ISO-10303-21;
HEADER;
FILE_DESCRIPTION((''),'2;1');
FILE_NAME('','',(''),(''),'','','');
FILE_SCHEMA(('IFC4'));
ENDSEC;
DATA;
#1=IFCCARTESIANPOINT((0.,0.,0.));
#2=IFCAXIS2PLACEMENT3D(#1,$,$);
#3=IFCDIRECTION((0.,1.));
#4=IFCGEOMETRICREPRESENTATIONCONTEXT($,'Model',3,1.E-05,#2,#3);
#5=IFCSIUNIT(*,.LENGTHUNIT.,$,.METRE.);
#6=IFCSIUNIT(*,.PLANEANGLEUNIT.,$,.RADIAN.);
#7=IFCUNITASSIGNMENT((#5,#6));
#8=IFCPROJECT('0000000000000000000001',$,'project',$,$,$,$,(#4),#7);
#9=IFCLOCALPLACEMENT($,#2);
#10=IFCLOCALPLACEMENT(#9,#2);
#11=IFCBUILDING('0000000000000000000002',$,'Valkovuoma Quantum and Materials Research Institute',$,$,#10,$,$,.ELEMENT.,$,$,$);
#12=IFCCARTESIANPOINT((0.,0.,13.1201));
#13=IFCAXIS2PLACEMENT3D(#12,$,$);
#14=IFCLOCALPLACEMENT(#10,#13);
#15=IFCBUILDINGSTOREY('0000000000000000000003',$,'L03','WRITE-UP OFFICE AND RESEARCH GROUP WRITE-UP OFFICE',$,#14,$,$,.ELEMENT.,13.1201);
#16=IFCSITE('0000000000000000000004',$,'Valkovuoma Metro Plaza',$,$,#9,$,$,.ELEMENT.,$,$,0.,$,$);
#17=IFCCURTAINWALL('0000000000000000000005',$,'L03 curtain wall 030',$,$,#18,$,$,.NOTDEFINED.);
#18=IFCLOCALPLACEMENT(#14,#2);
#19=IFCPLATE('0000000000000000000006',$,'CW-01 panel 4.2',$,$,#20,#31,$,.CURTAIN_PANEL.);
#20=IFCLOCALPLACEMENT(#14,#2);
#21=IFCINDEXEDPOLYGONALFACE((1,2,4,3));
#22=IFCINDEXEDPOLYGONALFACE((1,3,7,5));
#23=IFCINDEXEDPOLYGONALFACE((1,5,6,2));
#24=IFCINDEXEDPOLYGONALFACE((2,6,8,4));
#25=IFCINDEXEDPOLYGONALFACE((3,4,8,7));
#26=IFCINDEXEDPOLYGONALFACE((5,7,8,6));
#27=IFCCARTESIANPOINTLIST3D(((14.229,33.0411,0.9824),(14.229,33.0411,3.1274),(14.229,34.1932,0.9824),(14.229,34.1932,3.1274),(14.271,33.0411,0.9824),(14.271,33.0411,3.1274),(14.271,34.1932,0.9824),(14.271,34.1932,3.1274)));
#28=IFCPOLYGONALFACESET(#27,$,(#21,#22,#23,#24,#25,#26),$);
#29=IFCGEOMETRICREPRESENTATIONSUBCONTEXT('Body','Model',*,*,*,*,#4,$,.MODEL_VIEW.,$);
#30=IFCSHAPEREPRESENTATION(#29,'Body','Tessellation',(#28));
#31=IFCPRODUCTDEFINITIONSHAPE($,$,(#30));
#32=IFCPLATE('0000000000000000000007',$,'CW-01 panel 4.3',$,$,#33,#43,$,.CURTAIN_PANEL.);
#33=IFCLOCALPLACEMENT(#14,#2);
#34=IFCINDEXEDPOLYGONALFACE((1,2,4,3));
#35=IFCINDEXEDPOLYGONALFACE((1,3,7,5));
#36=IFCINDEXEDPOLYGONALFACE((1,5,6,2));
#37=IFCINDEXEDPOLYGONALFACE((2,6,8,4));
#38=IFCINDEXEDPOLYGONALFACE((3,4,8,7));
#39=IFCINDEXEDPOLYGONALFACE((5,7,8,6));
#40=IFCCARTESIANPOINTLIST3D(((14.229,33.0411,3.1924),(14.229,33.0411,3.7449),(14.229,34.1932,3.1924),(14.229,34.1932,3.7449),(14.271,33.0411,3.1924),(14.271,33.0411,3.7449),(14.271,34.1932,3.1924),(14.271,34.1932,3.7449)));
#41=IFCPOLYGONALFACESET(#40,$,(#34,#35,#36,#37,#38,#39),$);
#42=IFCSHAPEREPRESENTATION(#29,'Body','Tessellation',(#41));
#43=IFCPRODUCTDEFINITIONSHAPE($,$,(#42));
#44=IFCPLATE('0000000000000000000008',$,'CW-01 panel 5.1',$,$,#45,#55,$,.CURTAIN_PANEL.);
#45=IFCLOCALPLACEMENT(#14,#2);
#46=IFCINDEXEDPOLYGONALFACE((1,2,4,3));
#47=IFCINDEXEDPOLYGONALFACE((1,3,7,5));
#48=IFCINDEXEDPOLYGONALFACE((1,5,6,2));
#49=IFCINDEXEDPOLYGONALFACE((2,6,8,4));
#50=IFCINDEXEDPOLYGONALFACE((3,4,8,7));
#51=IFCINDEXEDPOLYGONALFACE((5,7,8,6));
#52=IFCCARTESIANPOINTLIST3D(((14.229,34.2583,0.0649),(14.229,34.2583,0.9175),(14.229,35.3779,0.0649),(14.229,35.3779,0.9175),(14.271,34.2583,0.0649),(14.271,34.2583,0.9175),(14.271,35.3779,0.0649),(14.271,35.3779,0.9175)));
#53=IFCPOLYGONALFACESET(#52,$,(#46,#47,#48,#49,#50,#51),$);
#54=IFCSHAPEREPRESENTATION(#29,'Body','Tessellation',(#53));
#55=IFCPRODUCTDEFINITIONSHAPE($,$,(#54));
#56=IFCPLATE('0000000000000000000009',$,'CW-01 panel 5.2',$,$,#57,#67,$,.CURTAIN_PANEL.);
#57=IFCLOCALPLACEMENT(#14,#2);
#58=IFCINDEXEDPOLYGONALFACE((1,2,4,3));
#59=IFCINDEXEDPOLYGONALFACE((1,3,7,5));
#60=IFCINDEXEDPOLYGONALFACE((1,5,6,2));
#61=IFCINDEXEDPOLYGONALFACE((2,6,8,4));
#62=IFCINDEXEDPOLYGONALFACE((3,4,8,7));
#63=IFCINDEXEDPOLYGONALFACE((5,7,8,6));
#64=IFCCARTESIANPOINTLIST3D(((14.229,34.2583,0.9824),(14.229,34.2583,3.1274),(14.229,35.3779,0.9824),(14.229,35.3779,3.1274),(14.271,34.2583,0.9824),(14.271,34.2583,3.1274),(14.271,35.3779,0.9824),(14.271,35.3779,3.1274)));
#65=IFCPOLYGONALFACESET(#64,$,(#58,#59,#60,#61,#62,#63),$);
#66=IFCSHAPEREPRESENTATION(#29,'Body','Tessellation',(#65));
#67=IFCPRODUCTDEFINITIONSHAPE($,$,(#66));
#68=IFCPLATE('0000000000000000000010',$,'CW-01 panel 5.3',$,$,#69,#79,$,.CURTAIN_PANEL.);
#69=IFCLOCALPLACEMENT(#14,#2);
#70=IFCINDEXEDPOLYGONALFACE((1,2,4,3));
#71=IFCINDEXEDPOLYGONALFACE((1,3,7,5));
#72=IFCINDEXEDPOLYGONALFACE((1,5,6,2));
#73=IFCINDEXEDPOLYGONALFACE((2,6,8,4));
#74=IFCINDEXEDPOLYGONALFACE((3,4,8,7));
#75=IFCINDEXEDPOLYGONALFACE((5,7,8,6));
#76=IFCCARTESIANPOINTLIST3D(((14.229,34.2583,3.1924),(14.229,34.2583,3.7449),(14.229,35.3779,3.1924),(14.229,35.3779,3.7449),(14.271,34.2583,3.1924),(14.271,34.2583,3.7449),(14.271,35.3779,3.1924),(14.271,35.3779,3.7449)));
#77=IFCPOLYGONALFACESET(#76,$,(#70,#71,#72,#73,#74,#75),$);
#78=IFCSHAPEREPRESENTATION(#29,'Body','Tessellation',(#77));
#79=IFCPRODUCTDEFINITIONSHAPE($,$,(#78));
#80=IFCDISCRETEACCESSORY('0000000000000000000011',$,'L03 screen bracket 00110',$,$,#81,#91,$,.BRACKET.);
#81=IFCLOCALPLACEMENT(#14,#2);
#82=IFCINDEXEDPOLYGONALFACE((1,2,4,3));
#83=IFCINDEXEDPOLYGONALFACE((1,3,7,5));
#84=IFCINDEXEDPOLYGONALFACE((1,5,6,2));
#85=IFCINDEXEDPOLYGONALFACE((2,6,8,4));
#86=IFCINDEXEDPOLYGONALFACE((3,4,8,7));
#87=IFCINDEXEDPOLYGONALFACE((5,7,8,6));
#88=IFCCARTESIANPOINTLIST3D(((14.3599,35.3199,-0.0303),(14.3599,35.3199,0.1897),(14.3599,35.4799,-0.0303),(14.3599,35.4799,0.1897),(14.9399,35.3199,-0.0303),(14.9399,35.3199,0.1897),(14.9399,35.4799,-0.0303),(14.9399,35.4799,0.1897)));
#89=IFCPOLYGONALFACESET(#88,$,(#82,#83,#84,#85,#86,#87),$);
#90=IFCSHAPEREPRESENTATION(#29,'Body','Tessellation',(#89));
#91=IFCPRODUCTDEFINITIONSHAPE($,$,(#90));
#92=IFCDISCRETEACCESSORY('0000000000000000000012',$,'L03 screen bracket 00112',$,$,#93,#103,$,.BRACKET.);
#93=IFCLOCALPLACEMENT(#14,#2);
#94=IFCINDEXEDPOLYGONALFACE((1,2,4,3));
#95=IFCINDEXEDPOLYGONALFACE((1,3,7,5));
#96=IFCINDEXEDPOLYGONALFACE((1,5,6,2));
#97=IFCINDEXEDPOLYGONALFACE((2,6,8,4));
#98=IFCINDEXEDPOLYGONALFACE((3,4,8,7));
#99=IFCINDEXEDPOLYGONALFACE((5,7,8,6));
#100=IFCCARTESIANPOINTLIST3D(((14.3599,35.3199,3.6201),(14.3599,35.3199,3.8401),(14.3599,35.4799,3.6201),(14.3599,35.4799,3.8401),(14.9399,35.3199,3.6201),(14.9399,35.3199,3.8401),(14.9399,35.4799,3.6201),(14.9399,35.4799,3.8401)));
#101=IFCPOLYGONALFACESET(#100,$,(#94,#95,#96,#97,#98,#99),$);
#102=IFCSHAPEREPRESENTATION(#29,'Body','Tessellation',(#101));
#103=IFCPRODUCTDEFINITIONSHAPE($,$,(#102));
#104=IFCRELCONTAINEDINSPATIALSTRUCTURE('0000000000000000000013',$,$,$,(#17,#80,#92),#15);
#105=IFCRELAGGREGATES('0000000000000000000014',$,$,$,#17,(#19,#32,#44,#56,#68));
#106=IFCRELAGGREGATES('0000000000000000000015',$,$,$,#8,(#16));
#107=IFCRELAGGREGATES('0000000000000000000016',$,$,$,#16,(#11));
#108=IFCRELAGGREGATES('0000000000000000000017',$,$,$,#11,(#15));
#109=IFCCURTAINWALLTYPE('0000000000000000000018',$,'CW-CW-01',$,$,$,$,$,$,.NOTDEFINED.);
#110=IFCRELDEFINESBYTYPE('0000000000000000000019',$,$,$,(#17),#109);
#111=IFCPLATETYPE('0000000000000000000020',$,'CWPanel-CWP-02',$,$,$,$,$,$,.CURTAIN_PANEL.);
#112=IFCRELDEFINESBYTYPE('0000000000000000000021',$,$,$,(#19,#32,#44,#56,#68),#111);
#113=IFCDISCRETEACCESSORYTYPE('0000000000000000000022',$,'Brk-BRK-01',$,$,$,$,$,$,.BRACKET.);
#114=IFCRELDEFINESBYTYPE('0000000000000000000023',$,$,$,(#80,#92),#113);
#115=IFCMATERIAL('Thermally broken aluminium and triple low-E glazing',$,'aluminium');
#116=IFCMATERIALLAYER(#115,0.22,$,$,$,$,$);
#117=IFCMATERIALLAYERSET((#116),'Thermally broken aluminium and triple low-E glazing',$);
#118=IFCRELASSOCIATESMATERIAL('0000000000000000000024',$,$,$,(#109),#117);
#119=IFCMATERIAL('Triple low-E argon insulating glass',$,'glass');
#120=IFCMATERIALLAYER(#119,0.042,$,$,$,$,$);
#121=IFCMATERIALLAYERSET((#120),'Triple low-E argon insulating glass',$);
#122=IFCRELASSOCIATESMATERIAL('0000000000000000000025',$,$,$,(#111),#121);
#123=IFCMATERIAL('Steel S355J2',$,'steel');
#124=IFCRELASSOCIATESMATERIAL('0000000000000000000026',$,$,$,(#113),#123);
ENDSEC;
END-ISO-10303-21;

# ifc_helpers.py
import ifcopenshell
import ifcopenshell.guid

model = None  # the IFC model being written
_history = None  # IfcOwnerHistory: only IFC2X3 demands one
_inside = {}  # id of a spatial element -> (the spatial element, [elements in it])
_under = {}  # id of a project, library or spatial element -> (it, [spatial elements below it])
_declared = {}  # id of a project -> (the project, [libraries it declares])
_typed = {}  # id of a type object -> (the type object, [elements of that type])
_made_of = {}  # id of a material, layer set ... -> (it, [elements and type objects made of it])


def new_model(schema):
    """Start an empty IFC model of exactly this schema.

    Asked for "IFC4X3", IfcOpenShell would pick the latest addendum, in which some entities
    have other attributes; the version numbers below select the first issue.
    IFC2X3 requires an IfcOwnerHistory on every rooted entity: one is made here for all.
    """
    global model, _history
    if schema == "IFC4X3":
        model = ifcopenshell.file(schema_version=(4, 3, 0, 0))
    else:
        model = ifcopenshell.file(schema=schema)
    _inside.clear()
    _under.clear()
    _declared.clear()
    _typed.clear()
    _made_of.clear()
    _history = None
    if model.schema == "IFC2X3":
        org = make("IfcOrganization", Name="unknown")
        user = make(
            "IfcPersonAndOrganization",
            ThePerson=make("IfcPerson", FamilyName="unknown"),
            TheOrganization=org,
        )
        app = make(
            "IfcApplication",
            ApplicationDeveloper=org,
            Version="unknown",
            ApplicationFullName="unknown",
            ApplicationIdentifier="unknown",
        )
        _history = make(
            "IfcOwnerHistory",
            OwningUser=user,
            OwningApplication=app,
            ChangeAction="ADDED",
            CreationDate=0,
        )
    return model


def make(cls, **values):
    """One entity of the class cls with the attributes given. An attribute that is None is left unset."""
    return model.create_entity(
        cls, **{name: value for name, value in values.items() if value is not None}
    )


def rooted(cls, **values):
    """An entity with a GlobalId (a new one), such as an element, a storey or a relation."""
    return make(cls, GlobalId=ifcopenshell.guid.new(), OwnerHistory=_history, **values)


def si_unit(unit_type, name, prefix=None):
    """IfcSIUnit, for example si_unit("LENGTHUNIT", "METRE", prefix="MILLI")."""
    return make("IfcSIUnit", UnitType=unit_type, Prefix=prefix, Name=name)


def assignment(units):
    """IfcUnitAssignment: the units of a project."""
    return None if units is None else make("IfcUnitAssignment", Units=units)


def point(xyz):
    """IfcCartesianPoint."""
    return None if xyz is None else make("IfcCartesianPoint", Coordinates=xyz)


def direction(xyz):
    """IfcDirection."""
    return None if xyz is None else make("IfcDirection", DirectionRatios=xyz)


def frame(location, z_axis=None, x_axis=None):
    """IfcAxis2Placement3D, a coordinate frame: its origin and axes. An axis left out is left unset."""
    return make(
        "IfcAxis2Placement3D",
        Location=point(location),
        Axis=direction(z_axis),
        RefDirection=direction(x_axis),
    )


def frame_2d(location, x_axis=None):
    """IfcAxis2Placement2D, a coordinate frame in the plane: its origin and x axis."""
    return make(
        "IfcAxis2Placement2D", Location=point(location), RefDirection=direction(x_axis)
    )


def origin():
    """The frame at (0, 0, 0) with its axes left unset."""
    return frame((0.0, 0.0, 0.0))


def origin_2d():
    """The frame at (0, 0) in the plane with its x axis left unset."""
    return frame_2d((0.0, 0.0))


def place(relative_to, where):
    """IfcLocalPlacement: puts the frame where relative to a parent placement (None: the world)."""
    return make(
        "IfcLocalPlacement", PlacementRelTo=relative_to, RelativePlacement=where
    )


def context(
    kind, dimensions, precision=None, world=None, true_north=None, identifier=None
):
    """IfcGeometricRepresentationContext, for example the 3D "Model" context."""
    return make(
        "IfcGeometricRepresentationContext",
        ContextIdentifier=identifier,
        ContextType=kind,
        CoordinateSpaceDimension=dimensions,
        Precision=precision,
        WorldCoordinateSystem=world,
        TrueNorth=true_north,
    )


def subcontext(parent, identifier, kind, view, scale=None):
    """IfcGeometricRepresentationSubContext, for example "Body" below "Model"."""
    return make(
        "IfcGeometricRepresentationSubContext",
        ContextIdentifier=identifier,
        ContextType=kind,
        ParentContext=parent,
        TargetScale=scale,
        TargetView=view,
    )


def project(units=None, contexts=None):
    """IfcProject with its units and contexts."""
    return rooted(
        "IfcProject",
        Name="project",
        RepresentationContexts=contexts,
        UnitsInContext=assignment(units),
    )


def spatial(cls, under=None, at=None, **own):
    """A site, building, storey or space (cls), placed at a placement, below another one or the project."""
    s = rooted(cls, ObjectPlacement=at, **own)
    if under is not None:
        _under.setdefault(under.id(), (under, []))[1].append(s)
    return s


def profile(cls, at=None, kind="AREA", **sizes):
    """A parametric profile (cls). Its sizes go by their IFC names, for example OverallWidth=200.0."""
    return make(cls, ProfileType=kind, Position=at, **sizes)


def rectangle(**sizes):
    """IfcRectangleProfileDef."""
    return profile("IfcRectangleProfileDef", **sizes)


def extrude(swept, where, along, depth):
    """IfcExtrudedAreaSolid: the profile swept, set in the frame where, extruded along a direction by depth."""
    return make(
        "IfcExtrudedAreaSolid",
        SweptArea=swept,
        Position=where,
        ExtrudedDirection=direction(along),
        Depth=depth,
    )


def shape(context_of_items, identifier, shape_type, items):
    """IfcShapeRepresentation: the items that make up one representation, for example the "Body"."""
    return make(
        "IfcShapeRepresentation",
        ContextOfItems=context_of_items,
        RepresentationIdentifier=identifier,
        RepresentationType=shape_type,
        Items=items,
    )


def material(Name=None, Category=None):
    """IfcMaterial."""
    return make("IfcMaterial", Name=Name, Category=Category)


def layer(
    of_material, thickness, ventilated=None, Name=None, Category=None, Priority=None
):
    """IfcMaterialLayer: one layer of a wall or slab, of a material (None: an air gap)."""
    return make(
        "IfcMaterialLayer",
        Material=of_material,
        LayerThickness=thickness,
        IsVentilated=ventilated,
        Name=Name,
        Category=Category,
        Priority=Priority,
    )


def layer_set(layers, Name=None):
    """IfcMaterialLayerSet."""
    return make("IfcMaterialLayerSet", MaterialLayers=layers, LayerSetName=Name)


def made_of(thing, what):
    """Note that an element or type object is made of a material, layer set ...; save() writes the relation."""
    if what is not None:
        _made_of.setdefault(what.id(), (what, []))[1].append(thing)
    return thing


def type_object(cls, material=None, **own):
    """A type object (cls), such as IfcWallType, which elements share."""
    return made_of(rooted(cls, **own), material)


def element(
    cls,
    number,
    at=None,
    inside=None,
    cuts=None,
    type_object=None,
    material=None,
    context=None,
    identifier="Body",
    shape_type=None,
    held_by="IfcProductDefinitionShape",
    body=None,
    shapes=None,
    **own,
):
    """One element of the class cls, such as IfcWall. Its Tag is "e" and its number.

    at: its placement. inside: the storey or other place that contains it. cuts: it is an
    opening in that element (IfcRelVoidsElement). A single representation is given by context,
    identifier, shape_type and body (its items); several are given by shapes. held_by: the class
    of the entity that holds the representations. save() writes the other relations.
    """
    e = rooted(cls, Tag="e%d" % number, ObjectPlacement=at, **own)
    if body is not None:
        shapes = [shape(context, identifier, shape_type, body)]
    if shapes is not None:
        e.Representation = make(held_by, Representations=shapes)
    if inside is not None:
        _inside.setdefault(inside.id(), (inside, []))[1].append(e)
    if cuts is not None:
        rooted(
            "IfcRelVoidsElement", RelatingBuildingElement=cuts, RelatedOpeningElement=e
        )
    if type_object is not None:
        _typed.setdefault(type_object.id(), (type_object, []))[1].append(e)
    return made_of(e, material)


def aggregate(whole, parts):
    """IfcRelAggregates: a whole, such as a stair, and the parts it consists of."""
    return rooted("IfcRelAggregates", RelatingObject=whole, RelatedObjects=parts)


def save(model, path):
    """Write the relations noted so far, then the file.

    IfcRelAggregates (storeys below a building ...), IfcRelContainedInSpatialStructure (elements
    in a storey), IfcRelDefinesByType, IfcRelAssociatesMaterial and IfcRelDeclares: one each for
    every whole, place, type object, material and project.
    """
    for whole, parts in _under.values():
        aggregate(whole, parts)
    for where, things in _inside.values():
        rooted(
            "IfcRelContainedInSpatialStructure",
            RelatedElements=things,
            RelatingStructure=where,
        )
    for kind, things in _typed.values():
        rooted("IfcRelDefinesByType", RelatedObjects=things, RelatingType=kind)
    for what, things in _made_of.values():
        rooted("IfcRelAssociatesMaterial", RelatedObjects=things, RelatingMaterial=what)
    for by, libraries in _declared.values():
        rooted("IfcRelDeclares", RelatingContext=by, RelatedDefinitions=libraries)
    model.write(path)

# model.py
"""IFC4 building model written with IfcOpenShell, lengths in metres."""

from ifc_helpers import new_model, si_unit, direction, frame, origin, origin_2d, place, context, subcontext, project, spatial, rectangle, extrude, material, layer, layer_set, type_object, element, aggregate, save


model = new_model("IFC4")

# Units and contexts
model_context = context("Model", 3, precision=1e-05, world=origin(), true_north=direction((0.0, 1.0)))
body_context = subcontext(model_context, "Body", "Model", "MODEL_VIEW")
ifc_project = project(units=[si_unit("LENGTHUNIT", "METRE"), si_unit("PLANEANGLEUNIT", "RADIAN")], contexts=[model_context])

# Site, building, storey
site_placement = place(None, origin())
site = spatial("IfcSite", under=ifc_project, at=site_placement, Name="Valkovuoma Metro Plaza", CompositionType="ELEMENT", RefElevation=0.0)
building_placement = place(site_placement, origin())
building = spatial("IfcBuilding", under=site, at=building_placement, Name="Valkovuoma Quantum and Materials Research Institute", CompositionType="ELEMENT")
storey_placement = place(building_placement, frame((0.0, 0.0, 13.1201)))
storey = spatial("IfcBuildingStorey", under=building, at=storey_placement, Name="L03", Description="WRITE-UP OFFICE AND RESEARCH GROUP WRITE-UP OFFICE", CompositionType="ELEMENT", Elevation=13.1201)

# Curtain wall, plates
ifc_material_1 = material(Name="Thermally broken aluminium and triple low-E glazing", Category="aluminium")
ifc_layer_1 = layer(ifc_material_1, 0.22)
ifc_layer_set_1 = layer_set([ifc_layer_1], Name="Thermally broken aluminium and triple low-E glazing")
curtain_wall_type = type_object("IfcCurtainWallType", Name="CW-CW-01", PredefinedType="NOTDEFINED", material=ifc_layer_set_1)
curtain_wall_placement = place(storey_placement, origin())
curtain_wall = element("IfcCurtainWall", 1, at=curtain_wall_placement, inside=storey, type_object=curtain_wall_type, Name="L03 curtain wall 030", PredefinedType="NOTDEFINED")
ifc_material_2 = material(Name="Triple low-E argon insulating glass", Category="glass")
ifc_layer_2 = layer(ifc_material_2, 0.042)
ifc_layer_set_2 = layer_set([ifc_layer_2], Name="Triple low-E argon insulating glass")
plate_type = type_object("IfcPlateType", Name="CWPanel-CWP-02", PredefinedType="CURTAIN_PANEL", material=ifc_layer_set_2)
plate_1_placement = place(storey_placement, frame((14.25, 33.6172, 0.9824), z_axis=(0.0, 0.0, 1.0), x_axis=(0.0, 1.0, 0.0)))
plate_1 = element("IfcPlate", 2, at=plate_1_placement, type_object=plate_type, Name="CW-01 panel 4.2", PredefinedType="CURTAIN_PANEL", context=body_context, shape_type="SweptSolid", body=[
    extrude(rectangle(XDim=1.1521, YDim=0.042, at=origin_2d()), origin(), (0.0, 0.0, 1.0), 2.145),
])
plate_2_placement = place(storey_placement, frame((14.25, 33.6172, 3.1924), z_axis=(0.0, 0.0, 1.0), x_axis=(0.0, 1.0, 0.0)))
plate_2 = element("IfcPlate", 3, at=plate_2_placement, type_object=plate_type, Name="CW-01 panel 4.3", PredefinedType="CURTAIN_PANEL", context=body_context, shape_type="SweptSolid", body=[
    extrude(rectangle(XDim=1.1521, YDim=0.042, at=origin_2d()), origin(), (0.0, 0.0, 1.0), 0.5525),
])
plate_3_placement = place(storey_placement, frame((14.25, 34.8181, 0.0649), z_axis=(0.0, 0.0, 1.0), x_axis=(0.0, 1.0, 0.0)))
plate_3 = element("IfcPlate", 4, at=plate_3_placement, type_object=plate_type, Name="CW-01 panel 5.1", PredefinedType="CURTAIN_PANEL", context=body_context, shape_type="SweptSolid", body=[
    extrude(rectangle(XDim=1.1196, YDim=0.042, at=origin_2d()), origin(), (0.0, 0.0, 1.0), 0.8525),
])
plate_4_placement = place(storey_placement, frame((14.25, 34.8181, 0.9824), z_axis=(0.0, 0.0, 1.0), x_axis=(0.0, 1.0, 0.0)))
plate_4 = element("IfcPlate", 5, at=plate_4_placement, type_object=plate_type, Name="CW-01 panel 5.2", PredefinedType="CURTAIN_PANEL", context=body_context, shape_type="SweptSolid", body=[
    extrude(rectangle(XDim=1.1196, YDim=0.042, at=origin_2d()), origin(), (0.0, 0.0, 1.0), 2.145),
])
plate_5_placement = place(storey_placement, frame((14.25, 34.8181, 3.1924), z_axis=(0.0, 0.0, 1.0), x_axis=(0.0, 1.0, 0.0)))
plate_5 = element("IfcPlate", 6, at=plate_5_placement, type_object=plate_type, Name="CW-01 panel 5.3", PredefinedType="CURTAIN_PANEL", context=body_context, shape_type="SweptSolid", body=[
    extrude(rectangle(XDim=1.1196, YDim=0.042, at=origin_2d()), origin(), (0.0, 0.0, 1.0), 0.5525),
])
aggregate(curtain_wall, [plate_1, plate_2, plate_3, plate_4, plate_5])

# Discrete accessories
ifc_material_3 = material(Name="Steel S355J2", Category="steel")
discrete_accessory_type = type_object("IfcDiscreteAccessoryType", Name="Brk-BRK-01", PredefinedType="BRACKET", material=ifc_material_3)
for number, where, z_axis, x_axis, name in (
    (7, (14.6499, 35.3999, -0.0303), (0.0, 0.0, 1.0), (1.0, 0.0, 0.0), "L03 screen bracket 00110"),
    (8, (14.6499, 35.3999, 3.6201), (0.0, 0.0, 1.0), (1.0, 0.0, 0.0), "L03 screen bracket 00112"),
):
    element("IfcDiscreteAccessory", number, at=place(storey_placement, frame(where, z_axis=z_axis, x_axis=x_axis)), inside=storey, type_object=discrete_accessory_type, Name=name, PredefinedType="BRACKET", context=body_context, shape_type="SweptSolid", body=[
        extrude(rectangle(XDim=0.5801, YDim=0.1599, at=origin_2d()), origin(), (0.0, 0.0, 1.0), 0.22),
    ])

save(model, "model.ifc")
